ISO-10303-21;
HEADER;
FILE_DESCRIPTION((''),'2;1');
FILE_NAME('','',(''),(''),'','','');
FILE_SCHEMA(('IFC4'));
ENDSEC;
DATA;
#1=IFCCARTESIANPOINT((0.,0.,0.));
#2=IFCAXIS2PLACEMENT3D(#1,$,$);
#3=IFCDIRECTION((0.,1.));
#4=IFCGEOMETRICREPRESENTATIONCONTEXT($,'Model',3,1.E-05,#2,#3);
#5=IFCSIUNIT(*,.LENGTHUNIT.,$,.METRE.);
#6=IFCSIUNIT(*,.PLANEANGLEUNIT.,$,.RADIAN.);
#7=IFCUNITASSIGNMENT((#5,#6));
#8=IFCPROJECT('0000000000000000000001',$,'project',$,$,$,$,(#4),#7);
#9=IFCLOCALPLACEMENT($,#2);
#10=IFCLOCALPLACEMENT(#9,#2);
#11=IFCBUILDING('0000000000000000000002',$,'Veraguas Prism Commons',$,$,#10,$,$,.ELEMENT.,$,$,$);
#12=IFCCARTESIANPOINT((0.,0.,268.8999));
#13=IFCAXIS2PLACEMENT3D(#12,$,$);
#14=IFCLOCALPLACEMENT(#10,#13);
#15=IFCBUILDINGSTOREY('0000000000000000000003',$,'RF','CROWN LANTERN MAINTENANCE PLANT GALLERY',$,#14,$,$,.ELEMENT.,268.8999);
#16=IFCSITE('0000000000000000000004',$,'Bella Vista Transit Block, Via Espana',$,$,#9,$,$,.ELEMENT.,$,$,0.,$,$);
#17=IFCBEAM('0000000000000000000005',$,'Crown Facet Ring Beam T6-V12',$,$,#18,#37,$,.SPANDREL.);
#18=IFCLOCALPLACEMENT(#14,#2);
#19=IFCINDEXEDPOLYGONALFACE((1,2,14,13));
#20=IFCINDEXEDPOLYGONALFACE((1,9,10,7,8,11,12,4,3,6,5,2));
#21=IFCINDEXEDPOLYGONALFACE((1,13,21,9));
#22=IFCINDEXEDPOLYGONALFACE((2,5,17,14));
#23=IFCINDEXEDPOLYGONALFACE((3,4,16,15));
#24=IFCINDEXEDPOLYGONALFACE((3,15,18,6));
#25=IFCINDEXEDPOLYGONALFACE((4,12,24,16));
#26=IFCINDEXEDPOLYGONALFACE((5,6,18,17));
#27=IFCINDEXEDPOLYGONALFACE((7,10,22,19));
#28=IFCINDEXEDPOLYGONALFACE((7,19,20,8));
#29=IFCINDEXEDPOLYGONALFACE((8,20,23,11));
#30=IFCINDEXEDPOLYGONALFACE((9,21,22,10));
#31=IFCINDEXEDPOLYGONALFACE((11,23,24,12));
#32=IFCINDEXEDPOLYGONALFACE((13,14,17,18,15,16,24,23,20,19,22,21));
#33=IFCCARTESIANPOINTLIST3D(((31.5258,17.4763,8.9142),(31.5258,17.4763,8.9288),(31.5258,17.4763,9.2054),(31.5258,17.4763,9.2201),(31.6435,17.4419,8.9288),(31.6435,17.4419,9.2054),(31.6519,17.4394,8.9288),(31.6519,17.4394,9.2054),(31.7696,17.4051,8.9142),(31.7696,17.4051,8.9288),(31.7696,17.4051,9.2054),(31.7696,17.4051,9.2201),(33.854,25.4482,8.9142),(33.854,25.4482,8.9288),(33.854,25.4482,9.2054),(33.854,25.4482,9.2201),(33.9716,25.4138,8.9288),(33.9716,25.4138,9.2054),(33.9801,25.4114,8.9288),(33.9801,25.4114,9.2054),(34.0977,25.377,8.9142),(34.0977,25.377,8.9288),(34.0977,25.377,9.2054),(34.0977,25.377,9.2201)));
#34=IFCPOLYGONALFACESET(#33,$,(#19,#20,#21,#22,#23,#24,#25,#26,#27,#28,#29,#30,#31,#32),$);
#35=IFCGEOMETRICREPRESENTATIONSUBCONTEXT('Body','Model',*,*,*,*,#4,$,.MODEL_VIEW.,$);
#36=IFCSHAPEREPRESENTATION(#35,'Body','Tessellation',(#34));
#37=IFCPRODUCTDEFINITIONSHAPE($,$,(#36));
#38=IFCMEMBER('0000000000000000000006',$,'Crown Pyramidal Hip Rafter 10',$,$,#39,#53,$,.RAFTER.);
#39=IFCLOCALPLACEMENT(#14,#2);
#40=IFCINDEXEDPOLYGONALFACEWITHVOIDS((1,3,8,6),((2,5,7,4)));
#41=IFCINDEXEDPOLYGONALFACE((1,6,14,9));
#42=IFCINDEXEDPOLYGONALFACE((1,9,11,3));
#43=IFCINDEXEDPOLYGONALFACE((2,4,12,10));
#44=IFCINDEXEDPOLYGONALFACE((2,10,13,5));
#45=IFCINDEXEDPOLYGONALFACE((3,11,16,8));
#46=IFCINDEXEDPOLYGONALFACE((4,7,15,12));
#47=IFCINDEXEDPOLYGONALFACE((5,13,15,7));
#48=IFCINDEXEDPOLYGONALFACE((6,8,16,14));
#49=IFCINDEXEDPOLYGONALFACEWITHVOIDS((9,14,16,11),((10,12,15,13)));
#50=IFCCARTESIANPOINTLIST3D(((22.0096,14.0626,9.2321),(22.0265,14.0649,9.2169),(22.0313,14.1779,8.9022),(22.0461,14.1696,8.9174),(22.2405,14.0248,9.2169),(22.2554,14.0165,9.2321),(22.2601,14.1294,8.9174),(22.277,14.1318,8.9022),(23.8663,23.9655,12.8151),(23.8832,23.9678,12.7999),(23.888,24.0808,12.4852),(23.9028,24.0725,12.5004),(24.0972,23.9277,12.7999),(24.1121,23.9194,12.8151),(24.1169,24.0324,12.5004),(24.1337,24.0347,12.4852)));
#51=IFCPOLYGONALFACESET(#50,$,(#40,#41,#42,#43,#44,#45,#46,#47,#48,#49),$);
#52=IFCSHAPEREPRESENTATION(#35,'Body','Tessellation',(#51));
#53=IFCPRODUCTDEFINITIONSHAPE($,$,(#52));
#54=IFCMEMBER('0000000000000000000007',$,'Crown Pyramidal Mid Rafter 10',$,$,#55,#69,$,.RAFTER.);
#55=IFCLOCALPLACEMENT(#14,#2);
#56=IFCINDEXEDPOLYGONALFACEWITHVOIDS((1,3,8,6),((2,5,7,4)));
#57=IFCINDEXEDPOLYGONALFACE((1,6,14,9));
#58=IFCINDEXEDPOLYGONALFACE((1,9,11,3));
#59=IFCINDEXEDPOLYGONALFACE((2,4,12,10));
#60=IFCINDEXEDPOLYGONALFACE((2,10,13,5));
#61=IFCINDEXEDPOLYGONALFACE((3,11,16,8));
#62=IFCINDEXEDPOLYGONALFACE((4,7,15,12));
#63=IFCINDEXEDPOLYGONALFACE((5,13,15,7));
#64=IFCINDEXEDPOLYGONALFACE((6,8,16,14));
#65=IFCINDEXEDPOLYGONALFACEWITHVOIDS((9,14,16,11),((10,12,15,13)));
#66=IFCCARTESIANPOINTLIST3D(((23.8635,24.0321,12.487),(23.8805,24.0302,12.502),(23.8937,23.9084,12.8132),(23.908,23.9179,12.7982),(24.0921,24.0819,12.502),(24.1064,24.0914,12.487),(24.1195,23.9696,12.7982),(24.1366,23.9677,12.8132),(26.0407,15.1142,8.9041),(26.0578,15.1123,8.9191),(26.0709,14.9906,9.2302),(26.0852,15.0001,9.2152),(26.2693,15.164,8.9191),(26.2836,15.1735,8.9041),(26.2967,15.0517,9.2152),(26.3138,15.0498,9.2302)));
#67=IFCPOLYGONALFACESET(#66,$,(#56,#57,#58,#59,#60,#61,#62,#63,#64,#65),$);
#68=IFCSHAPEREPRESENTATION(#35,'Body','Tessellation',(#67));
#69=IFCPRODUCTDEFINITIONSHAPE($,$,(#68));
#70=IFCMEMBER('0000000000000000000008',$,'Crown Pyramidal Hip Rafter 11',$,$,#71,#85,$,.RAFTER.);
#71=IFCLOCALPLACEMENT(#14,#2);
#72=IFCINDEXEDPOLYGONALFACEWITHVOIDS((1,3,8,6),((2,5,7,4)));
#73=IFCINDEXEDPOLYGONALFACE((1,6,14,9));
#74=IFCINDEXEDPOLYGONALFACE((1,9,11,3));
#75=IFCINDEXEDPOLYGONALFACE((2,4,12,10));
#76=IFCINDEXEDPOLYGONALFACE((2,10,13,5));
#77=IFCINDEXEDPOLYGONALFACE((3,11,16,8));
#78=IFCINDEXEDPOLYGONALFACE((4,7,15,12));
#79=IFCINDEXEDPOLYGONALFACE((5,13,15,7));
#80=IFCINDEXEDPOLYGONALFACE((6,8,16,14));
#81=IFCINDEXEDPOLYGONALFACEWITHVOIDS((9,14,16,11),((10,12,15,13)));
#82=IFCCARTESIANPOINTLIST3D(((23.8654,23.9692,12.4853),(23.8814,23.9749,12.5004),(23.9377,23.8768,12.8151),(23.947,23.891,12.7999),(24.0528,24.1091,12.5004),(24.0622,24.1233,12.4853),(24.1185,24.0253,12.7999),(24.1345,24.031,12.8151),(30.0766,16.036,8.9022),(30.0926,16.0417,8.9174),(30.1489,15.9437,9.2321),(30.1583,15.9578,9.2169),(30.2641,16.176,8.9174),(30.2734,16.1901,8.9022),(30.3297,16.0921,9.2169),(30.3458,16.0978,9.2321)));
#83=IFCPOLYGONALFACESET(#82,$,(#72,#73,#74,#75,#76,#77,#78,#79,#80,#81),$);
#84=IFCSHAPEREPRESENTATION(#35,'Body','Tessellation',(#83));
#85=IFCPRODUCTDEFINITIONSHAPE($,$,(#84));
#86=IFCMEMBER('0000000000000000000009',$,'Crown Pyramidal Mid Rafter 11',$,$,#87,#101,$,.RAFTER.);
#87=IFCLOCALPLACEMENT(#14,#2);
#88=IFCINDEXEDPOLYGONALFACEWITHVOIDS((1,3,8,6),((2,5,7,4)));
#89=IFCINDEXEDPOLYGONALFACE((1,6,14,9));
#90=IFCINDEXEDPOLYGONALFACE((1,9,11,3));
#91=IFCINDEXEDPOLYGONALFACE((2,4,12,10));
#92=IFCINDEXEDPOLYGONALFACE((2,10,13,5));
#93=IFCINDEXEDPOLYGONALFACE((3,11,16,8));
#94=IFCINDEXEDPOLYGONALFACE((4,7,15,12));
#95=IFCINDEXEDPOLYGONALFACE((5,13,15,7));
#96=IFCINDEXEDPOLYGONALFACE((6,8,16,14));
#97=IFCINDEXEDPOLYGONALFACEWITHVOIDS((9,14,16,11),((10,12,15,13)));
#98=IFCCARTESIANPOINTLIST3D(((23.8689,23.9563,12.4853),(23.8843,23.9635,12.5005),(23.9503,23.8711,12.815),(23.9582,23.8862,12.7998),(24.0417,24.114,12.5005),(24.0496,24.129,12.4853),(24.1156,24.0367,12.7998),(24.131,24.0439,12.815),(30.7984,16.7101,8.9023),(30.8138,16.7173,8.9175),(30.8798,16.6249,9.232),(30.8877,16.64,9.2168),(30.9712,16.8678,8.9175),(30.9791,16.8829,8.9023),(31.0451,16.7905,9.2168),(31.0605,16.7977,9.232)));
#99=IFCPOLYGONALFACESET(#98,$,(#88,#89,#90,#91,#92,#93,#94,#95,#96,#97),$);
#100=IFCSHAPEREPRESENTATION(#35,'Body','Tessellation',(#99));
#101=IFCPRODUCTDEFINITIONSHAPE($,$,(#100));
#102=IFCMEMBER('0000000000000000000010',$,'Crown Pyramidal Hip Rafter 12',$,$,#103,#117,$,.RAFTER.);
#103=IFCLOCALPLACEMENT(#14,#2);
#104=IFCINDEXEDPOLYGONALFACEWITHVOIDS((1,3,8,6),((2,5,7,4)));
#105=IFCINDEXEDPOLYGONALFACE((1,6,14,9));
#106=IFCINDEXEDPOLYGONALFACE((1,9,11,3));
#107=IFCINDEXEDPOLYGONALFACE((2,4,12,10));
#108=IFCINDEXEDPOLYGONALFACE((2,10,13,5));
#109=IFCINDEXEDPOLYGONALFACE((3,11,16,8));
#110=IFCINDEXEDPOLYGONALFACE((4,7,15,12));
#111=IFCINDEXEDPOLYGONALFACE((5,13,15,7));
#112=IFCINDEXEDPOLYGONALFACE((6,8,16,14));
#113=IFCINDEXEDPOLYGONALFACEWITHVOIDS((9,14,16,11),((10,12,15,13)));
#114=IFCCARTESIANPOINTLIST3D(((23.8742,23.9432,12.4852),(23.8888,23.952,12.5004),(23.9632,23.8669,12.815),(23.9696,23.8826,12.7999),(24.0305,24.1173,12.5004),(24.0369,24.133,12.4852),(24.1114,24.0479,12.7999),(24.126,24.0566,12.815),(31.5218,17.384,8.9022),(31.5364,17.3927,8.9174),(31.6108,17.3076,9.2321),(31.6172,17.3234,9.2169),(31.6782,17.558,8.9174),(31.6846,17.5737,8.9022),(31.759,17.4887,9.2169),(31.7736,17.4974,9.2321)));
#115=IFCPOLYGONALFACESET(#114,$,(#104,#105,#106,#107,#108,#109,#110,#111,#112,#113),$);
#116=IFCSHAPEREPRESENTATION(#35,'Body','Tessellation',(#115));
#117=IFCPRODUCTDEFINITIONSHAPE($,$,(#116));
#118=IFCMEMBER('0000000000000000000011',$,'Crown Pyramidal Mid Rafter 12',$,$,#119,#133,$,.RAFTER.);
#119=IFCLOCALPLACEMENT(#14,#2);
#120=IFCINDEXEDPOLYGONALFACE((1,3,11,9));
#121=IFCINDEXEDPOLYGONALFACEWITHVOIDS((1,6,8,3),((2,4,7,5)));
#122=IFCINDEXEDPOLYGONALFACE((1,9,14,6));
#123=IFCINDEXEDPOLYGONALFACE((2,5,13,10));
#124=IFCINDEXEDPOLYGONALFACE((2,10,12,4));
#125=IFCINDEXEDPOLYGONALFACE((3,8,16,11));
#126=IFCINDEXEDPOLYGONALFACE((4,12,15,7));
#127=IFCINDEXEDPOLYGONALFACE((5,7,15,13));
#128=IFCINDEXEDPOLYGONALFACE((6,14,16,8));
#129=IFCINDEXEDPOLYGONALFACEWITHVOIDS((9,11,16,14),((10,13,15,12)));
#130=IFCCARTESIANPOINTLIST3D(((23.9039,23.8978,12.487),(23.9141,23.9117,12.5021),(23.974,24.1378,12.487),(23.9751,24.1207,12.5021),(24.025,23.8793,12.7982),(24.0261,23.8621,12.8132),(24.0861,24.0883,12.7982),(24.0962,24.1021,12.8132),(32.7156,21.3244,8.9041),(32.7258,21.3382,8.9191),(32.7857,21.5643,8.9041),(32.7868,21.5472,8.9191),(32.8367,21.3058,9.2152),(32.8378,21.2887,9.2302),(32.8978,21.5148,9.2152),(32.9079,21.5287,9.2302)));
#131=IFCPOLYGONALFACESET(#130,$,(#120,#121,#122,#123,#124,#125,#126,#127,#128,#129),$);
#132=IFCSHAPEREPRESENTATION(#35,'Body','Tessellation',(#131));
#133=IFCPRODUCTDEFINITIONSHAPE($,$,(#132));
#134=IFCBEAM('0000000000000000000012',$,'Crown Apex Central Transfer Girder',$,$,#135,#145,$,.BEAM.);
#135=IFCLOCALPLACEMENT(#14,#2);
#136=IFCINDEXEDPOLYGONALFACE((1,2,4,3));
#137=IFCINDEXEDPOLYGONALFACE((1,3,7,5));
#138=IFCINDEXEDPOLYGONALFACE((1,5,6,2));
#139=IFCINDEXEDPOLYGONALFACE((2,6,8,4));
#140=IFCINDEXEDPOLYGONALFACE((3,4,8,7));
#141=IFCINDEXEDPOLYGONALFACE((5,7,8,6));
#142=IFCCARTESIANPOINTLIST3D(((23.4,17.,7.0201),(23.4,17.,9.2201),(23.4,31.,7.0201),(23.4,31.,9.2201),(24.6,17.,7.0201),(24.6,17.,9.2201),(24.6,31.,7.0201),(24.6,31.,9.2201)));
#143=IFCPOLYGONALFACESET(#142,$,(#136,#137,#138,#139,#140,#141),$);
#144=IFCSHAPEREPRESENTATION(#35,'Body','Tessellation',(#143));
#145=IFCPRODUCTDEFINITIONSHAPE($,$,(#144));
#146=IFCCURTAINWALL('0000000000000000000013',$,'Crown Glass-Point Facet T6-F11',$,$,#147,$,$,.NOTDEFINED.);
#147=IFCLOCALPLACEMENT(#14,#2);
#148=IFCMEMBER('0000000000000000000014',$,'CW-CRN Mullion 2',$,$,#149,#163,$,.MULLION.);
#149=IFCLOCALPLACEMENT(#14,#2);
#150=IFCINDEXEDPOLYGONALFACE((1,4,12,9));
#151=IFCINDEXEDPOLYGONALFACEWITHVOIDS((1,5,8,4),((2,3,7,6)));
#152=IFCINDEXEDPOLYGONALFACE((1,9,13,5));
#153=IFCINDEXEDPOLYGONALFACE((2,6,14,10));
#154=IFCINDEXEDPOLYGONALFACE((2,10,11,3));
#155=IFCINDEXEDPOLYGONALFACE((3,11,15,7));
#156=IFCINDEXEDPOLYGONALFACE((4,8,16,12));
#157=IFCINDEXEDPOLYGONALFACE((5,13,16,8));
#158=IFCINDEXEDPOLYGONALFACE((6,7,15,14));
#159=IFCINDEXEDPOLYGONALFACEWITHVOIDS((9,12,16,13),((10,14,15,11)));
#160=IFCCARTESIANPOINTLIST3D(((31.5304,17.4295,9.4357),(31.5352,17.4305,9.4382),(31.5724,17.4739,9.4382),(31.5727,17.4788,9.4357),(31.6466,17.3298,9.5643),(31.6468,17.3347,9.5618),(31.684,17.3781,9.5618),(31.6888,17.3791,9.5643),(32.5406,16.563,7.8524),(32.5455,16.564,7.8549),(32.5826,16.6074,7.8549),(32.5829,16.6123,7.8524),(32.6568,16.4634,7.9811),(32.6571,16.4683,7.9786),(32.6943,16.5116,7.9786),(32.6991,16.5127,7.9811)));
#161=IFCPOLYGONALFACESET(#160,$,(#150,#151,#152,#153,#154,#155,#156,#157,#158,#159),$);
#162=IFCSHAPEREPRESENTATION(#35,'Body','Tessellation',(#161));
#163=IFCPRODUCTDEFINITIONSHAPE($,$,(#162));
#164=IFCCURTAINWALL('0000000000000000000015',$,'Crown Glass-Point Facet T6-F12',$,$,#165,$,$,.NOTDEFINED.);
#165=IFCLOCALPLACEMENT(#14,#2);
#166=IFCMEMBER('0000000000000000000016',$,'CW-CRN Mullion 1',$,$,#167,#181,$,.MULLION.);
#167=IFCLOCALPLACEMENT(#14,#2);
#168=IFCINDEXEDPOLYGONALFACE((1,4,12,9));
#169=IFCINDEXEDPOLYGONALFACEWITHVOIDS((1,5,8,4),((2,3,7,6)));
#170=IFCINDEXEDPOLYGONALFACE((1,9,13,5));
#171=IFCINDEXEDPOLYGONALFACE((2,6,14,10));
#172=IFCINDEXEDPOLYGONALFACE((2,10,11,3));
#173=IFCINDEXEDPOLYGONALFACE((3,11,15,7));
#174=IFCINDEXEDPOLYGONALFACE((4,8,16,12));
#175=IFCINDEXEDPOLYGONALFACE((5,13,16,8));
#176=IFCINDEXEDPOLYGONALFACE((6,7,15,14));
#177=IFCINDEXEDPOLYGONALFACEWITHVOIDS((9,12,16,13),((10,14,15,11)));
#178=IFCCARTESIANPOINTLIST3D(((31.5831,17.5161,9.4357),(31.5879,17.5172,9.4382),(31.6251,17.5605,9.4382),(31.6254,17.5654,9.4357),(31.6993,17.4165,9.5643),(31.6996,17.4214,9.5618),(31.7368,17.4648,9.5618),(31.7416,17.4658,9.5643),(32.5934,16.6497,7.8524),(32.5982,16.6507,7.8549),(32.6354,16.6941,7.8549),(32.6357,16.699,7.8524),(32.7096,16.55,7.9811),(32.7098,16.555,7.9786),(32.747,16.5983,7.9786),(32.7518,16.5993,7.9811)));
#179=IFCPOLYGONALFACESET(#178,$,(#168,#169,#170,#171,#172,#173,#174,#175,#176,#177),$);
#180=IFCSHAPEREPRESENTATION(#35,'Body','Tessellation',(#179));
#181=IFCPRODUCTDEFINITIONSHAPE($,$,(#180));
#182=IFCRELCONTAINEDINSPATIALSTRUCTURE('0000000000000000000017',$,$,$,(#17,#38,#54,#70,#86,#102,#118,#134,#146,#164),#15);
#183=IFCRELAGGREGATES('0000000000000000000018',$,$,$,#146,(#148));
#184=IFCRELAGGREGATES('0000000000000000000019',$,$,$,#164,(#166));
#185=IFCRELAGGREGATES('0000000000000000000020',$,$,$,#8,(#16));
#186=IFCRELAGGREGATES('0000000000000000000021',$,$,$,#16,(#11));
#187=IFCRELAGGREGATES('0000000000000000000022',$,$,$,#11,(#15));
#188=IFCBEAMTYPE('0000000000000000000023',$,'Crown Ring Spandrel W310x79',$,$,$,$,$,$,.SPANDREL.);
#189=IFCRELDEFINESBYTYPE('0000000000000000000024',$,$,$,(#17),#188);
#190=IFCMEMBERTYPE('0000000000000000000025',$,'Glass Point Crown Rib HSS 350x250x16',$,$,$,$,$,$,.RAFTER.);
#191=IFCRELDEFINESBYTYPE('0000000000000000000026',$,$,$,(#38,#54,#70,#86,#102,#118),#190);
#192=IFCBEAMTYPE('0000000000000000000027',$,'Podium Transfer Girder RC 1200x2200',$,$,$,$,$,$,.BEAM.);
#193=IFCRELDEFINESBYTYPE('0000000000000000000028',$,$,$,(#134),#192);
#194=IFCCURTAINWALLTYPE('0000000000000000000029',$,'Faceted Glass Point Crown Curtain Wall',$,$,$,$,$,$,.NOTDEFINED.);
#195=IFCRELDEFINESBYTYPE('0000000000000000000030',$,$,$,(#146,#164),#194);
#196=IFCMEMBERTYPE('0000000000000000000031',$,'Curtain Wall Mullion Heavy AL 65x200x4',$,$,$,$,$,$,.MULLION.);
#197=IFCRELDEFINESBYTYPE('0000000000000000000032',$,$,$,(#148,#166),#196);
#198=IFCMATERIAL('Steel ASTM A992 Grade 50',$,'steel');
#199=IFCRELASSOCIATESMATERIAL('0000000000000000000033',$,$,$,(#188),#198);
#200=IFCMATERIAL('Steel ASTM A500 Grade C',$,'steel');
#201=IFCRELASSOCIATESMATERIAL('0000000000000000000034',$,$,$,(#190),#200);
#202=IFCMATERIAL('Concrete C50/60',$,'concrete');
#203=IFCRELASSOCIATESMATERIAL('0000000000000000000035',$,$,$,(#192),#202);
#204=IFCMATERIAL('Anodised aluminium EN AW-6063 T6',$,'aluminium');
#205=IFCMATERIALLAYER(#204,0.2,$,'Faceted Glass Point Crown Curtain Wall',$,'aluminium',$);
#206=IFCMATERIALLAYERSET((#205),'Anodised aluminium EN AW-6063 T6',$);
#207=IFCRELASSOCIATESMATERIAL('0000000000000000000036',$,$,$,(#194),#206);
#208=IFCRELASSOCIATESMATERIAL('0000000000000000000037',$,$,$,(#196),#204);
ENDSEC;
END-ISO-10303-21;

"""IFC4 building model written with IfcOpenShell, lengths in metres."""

from ifc_helpers import new_model, si_unit, direction, frame, origin, origin_2d, place, context, subcontext, project, spatial, rectangle, hollow_rectangle, i_section, extrude, source, transform, mapped, material, layer, layer_set, material_profile, profile_set, type_object, element, aggregate, save


model = new_model("IFC4")

# Units and contexts
model_context = context("Model", 3, precision=1e-05, world=origin(), true_north=direction((0.0, 1.0)))
body_context = subcontext(model_context, "Body", "Model", "MODEL_VIEW")
ifc_project = project(units=[si_unit("LENGTHUNIT", "METRE"), si_unit("PLANEANGLEUNIT", "RADIAN")], contexts=[model_context])

# Site, building, storey
site_placement = place(None, origin())
site = spatial("IfcSite", under=ifc_project, at=site_placement, Name="Bella Vista Transit Block, Via Espana", CompositionType="ELEMENT", RefElevation=0.0)
building_placement = place(site_placement, origin())
building = spatial("IfcBuilding", under=site, at=building_placement, Name="Veraguas Prism Commons", CompositionType="ELEMENT")
storey_placement = place(building_placement, frame((0.0, 0.0, 268.8999)))
storey = spatial("IfcBuildingStorey", under=building, at=storey_placement, Name="RF", Description="CROWN LANTERN MAINTENANCE PLANT GALLERY", CompositionType="ELEMENT", Elevation=268.8999)

# Shared definitions
ifc_material_1 = material(Name="Steel ASTM A992 Grade 50", Category="steel")

# Shared definitions
ifc_material_2 = material(Name="Steel ASTM A500 Grade C", Category="steel")

# Beam
ifc_material_profile_1 = material_profile(ifc_material_1, i_section(OverallWidth=0.2539, OverallDepth=0.3059, WebThickness=0.0088, FlangeThickness=0.0146, at=origin_2d()), Name="W310X79")
ifc_profile_set_1 = profile_set([ifc_material_profile_1], Name="Steel ASTM A992 Grade 50")
beam_type_1 = type_object("IfcBeamType", Name="Crown Ring Spandrel W310x79", PredefinedType="SPANDREL", material=ifc_profile_set_1)
beam_1_placement = place(storey_placement, frame((31.6477, 17.4407, 9.0671), z_axis=(0.280331, 0.959903, 0.0), x_axis=(-0.959903, 0.280331, 0.0)))
element("IfcBeam", 1, at=beam_1_placement, inside=storey, type_object=beam_type_1, Name="Crown Facet Ring Beam T6-V12", PredefinedType="SPANDREL", context=body_context, shape_type="SweptSolid", body=[
    extrude(i_section(OverallWidth=0.2539, OverallDepth=0.3059, WebThickness=0.0088, FlangeThickness=0.0146, at=origin_2d()), origin(), (0.0, 0.0, 1.0), 8.3049),
])

# Members
ifc_material_profile_2 = material_profile(ifc_material_2, hollow_rectangle(XDim=0.25, YDim=0.3501, WallThickness=0.0161, at=origin_2d()), Name="HSS350X250X16")
ifc_profile_set_2 = profile_set([ifc_material_profile_2], Name="Steel ASTM A500 Grade C")
member_type_1 = type_object("IfcMemberType", Name="Glass Point Crown Rib HSS 350x250x16", PredefinedType="RAFTER", material=ifc_profile_set_2)
member_1_placement = place(storey_placement, frame((22.1433, 14.0972, 9.0671), z_axis=(0.173628, 0.926059, 0.335064), x_axis=(-0.982874, 0.18428, 0.0)))
element("IfcMember", 2, at=member_1_placement, inside=storey, type_object=member_type_1, Name="Crown Pyramidal Hip Rafter 10", PredefinedType="RAFTER", context=body_context, shape_type="SweptSolid", body=[
    extrude(hollow_rectangle(XDim=0.25, YDim=0.3501, WallThickness=0.0161, at=origin_2d()), origin(), (0.0, 0.0, 1.0), 10.6936),
])
member_2_placement = place(storey_placement, frame((26.1772, 15.082, 9.0671), z_axis=(-0.220942, 0.904976, 0.363596), x_axis=(-0.971467, -0.237175, 0.0)))
element("IfcMember", 3, at=member_2_placement, inside=storey, type_object=member_type_1, Name="Crown Pyramidal Mid Rafter 10", PredefinedType="RAFTER", context=body_context, shape_type="SweptSolid", body=[
    extrude(hollow_rectangle(XDim=0.25, YDim=0.3501, WallThickness=0.0161, at=origin_2d()), origin(), (0.0, 0.0, 1.0), 9.8542),
])
member_3_placement = place(storey_placement, frame((30.2112, 16.0669, 9.0671), z_axis=(-0.580837, 0.741863, 0.335064), x_axis=(-0.787377, -0.616472, 0.0)))
element("IfcMember", 4, at=member_3_placement, inside=storey, type_object=member_type_1, Name="Crown Pyramidal Hip Rafter 11", PredefinedType="RAFTER", context=body_context, shape_type="SweptSolid", body=[
    extrude(hollow_rectangle(XDim=0.25, YDim=0.3501, WallThickness=0.0161, at=origin_2d()), origin(), (0.0, 0.0, 1.0), 10.6936),
])
member_4_placement = place(storey_placement, frame((30.9294, 16.7539, 9.0671), z_axis=(-0.650828, 0.680569, 0.336524), x_axis=(-0.722722, -0.691139, 0.0)))
element("IfcMember", 5, at=member_4_placement, inside=storey, type_object=member_type_1, Name="Crown Pyramidal Mid Rafter 11", PredefinedType="RAFTER", context=body_context, shape_type="SweptSolid", body=[
    extrude(hollow_rectangle(XDim=0.25, YDim=0.3501, WallThickness=0.0161, at=origin_2d()), origin(), (0.0, 0.0, 1.0), 10.6472),
])
member_5_placement = place(storey_placement, frame((31.6477, 17.4407, 9.0671), z_axis=(-0.715176, 0.613396, 0.335065), x_axis=(-0.651029, -0.759053, 0.0)))
element("IfcMember", 6, at=member_5_placement, inside=storey, type_object=member_type_1, Name="Crown Pyramidal Hip Rafter 12", PredefinedType="RAFTER", context=body_context, shape_type="SweptSolid", body=[
    extrude(hollow_rectangle(XDim=0.25, YDim=0.3501, WallThickness=0.0161, at=origin_2d()), origin(), (0.0, 0.0, 1.0), 10.6934),
])
member_6_placement = place(storey_placement, frame((32.8118, 21.4265, 9.0671), z_axis=(-0.894202, 0.261153, 0.363597), x_axis=(-0.28034, -0.959901, 0.0)))
element("IfcMember", 7, at=member_6_placement, inside=storey, type_object=member_type_1, Name="Crown Pyramidal Mid Rafter 12", PredefinedType="RAFTER", context=body_context, shape_type="SweptSolid", body=[
    extrude(hollow_rectangle(XDim=0.25, YDim=0.3501, WallThickness=0.0161, at=origin_2d()), origin(), (0.0, 0.0, 1.0), 9.8542),
])

# Beam
ifc_material_3 = material(Name="Concrete C50/60", Category="concrete")
ifc_material_profile_3 = material_profile(ifc_material_3, rectangle(XDim=1.2, YDim=2.2, at=origin_2d()), Name="RC1200X2200")
ifc_profile_set_3 = profile_set([ifc_material_profile_3], Name="Concrete C50/60")
beam_type_2 = type_object("IfcBeamType", Name="Podium Transfer Girder RC 1200x2200", PredefinedType="BEAM", material=ifc_profile_set_3)
beam_2_placement = place(storey_placement, frame((24.0, 17.0, 8.1201), z_axis=(0.0, 1.0, 0.0), x_axis=(-1.0, 0.0, 0.0)))
element("IfcBeam", 8, at=beam_2_placement, inside=storey, type_object=beam_type_2, Name="Crown Apex Central Transfer Girder", PredefinedType="BEAM", context=body_context, shape_type="SweptSolid", body=[
    extrude(rectangle(XDim=1.2, YDim=2.2, at=origin_2d()), origin(), (0.0, 0.0, 1.0), 14.0),
])

# Curtain walls, members
ifc_material_4 = material(Name="Anodised aluminium EN AW-6063 T6", Category="aluminium")
ifc_layer_1 = layer(ifc_material_4, 0.2, Name="Faceted Glass Point Crown Curtain Wall", Category="aluminium")
ifc_layer_set_1 = layer_set([ifc_layer_1], Name="Anodised aluminium EN AW-6063 T6")
curtain_wall_type = type_object("IfcCurtainWallType", Name="Faceted Glass Point Crown Curtain Wall", PredefinedType="NOTDEFINED", material=ifc_layer_set_1)
curtain_wall_1_placement = place(storey_placement, origin())
curtain_wall_1 = element("IfcCurtainWall", 9, at=curtain_wall_1_placement, inside=storey, type_object=curtain_wall_type, Name="Crown Glass-Point Facet T6-F11", PredefinedType="NOTDEFINED")
ifc_material_profile_4 = material_profile(ifc_material_4, hollow_rectangle(XDim=0.0649, YDim=0.2, WallThickness=0.0039, at=origin_2d()), Name="AL65X200X4")
ifc_profile_set_4 = profile_set([ifc_material_profile_4], Name="Anodised aluminium EN AW-6063 T6")
member_type_2 = type_object("IfcMemberType", Name="Curtain Wall Mullion Heavy AL 65x200x4", PredefinedType="MULLION", material=ifc_profile_set_4)
shared_shape_1 = source(origin(), body_context, "Body", "SweptSolid", [
    extrude(hollow_rectangle(XDim=0.0649, YDim=0.2, WallThickness=0.0039, at=origin_2d()), origin(), (0.0, 0.0, 1.0), 2.0684),
])
member_7_placement = place(storey_placement, frame((32.6199, 16.5378, 7.9167), z_axis=(-0.488436, 0.418913, 0.765469), x_axis=(-0.651018, -0.759062, 0.0)))
member_7 = element("IfcMember", 10, at=member_7_placement, type_object=member_type_2, Name="CW-CRN Mullion 2", PredefinedType="MULLION", context=body_context, shape_type="MappedRepresentation", body=[
    mapped(shared_shape_1, transform((0.0, 0.0, 0.0), scale=1.0)),
])
curtain_wall_2_placement = place(storey_placement, origin())
curtain_wall_2 = element("IfcCurtainWall", 11, at=curtain_wall_2_placement, inside=storey, type_object=curtain_wall_type, Name="Crown Glass-Point Facet T6-F12", PredefinedType="NOTDEFINED")
member_8_placement = place(storey_placement, frame((32.6726, 16.6245, 7.9167), z_axis=(-0.488436, 0.418913, 0.765469), x_axis=(-0.651018, -0.759062, 0.0)))
member_8 = element("IfcMember", 12, at=member_8_placement, type_object=member_type_2, Name="CW-CRN Mullion 1", PredefinedType="MULLION", context=body_context, shape_type="MappedRepresentation", body=[
    mapped(shared_shape_1, transform((0.0, 0.0, 0.0), scale=1.0)),
])

aggregate(curtain_wall_1, [member_7])
aggregate(curtain_wall_2, [member_8])

save(model, "model.ifc")
